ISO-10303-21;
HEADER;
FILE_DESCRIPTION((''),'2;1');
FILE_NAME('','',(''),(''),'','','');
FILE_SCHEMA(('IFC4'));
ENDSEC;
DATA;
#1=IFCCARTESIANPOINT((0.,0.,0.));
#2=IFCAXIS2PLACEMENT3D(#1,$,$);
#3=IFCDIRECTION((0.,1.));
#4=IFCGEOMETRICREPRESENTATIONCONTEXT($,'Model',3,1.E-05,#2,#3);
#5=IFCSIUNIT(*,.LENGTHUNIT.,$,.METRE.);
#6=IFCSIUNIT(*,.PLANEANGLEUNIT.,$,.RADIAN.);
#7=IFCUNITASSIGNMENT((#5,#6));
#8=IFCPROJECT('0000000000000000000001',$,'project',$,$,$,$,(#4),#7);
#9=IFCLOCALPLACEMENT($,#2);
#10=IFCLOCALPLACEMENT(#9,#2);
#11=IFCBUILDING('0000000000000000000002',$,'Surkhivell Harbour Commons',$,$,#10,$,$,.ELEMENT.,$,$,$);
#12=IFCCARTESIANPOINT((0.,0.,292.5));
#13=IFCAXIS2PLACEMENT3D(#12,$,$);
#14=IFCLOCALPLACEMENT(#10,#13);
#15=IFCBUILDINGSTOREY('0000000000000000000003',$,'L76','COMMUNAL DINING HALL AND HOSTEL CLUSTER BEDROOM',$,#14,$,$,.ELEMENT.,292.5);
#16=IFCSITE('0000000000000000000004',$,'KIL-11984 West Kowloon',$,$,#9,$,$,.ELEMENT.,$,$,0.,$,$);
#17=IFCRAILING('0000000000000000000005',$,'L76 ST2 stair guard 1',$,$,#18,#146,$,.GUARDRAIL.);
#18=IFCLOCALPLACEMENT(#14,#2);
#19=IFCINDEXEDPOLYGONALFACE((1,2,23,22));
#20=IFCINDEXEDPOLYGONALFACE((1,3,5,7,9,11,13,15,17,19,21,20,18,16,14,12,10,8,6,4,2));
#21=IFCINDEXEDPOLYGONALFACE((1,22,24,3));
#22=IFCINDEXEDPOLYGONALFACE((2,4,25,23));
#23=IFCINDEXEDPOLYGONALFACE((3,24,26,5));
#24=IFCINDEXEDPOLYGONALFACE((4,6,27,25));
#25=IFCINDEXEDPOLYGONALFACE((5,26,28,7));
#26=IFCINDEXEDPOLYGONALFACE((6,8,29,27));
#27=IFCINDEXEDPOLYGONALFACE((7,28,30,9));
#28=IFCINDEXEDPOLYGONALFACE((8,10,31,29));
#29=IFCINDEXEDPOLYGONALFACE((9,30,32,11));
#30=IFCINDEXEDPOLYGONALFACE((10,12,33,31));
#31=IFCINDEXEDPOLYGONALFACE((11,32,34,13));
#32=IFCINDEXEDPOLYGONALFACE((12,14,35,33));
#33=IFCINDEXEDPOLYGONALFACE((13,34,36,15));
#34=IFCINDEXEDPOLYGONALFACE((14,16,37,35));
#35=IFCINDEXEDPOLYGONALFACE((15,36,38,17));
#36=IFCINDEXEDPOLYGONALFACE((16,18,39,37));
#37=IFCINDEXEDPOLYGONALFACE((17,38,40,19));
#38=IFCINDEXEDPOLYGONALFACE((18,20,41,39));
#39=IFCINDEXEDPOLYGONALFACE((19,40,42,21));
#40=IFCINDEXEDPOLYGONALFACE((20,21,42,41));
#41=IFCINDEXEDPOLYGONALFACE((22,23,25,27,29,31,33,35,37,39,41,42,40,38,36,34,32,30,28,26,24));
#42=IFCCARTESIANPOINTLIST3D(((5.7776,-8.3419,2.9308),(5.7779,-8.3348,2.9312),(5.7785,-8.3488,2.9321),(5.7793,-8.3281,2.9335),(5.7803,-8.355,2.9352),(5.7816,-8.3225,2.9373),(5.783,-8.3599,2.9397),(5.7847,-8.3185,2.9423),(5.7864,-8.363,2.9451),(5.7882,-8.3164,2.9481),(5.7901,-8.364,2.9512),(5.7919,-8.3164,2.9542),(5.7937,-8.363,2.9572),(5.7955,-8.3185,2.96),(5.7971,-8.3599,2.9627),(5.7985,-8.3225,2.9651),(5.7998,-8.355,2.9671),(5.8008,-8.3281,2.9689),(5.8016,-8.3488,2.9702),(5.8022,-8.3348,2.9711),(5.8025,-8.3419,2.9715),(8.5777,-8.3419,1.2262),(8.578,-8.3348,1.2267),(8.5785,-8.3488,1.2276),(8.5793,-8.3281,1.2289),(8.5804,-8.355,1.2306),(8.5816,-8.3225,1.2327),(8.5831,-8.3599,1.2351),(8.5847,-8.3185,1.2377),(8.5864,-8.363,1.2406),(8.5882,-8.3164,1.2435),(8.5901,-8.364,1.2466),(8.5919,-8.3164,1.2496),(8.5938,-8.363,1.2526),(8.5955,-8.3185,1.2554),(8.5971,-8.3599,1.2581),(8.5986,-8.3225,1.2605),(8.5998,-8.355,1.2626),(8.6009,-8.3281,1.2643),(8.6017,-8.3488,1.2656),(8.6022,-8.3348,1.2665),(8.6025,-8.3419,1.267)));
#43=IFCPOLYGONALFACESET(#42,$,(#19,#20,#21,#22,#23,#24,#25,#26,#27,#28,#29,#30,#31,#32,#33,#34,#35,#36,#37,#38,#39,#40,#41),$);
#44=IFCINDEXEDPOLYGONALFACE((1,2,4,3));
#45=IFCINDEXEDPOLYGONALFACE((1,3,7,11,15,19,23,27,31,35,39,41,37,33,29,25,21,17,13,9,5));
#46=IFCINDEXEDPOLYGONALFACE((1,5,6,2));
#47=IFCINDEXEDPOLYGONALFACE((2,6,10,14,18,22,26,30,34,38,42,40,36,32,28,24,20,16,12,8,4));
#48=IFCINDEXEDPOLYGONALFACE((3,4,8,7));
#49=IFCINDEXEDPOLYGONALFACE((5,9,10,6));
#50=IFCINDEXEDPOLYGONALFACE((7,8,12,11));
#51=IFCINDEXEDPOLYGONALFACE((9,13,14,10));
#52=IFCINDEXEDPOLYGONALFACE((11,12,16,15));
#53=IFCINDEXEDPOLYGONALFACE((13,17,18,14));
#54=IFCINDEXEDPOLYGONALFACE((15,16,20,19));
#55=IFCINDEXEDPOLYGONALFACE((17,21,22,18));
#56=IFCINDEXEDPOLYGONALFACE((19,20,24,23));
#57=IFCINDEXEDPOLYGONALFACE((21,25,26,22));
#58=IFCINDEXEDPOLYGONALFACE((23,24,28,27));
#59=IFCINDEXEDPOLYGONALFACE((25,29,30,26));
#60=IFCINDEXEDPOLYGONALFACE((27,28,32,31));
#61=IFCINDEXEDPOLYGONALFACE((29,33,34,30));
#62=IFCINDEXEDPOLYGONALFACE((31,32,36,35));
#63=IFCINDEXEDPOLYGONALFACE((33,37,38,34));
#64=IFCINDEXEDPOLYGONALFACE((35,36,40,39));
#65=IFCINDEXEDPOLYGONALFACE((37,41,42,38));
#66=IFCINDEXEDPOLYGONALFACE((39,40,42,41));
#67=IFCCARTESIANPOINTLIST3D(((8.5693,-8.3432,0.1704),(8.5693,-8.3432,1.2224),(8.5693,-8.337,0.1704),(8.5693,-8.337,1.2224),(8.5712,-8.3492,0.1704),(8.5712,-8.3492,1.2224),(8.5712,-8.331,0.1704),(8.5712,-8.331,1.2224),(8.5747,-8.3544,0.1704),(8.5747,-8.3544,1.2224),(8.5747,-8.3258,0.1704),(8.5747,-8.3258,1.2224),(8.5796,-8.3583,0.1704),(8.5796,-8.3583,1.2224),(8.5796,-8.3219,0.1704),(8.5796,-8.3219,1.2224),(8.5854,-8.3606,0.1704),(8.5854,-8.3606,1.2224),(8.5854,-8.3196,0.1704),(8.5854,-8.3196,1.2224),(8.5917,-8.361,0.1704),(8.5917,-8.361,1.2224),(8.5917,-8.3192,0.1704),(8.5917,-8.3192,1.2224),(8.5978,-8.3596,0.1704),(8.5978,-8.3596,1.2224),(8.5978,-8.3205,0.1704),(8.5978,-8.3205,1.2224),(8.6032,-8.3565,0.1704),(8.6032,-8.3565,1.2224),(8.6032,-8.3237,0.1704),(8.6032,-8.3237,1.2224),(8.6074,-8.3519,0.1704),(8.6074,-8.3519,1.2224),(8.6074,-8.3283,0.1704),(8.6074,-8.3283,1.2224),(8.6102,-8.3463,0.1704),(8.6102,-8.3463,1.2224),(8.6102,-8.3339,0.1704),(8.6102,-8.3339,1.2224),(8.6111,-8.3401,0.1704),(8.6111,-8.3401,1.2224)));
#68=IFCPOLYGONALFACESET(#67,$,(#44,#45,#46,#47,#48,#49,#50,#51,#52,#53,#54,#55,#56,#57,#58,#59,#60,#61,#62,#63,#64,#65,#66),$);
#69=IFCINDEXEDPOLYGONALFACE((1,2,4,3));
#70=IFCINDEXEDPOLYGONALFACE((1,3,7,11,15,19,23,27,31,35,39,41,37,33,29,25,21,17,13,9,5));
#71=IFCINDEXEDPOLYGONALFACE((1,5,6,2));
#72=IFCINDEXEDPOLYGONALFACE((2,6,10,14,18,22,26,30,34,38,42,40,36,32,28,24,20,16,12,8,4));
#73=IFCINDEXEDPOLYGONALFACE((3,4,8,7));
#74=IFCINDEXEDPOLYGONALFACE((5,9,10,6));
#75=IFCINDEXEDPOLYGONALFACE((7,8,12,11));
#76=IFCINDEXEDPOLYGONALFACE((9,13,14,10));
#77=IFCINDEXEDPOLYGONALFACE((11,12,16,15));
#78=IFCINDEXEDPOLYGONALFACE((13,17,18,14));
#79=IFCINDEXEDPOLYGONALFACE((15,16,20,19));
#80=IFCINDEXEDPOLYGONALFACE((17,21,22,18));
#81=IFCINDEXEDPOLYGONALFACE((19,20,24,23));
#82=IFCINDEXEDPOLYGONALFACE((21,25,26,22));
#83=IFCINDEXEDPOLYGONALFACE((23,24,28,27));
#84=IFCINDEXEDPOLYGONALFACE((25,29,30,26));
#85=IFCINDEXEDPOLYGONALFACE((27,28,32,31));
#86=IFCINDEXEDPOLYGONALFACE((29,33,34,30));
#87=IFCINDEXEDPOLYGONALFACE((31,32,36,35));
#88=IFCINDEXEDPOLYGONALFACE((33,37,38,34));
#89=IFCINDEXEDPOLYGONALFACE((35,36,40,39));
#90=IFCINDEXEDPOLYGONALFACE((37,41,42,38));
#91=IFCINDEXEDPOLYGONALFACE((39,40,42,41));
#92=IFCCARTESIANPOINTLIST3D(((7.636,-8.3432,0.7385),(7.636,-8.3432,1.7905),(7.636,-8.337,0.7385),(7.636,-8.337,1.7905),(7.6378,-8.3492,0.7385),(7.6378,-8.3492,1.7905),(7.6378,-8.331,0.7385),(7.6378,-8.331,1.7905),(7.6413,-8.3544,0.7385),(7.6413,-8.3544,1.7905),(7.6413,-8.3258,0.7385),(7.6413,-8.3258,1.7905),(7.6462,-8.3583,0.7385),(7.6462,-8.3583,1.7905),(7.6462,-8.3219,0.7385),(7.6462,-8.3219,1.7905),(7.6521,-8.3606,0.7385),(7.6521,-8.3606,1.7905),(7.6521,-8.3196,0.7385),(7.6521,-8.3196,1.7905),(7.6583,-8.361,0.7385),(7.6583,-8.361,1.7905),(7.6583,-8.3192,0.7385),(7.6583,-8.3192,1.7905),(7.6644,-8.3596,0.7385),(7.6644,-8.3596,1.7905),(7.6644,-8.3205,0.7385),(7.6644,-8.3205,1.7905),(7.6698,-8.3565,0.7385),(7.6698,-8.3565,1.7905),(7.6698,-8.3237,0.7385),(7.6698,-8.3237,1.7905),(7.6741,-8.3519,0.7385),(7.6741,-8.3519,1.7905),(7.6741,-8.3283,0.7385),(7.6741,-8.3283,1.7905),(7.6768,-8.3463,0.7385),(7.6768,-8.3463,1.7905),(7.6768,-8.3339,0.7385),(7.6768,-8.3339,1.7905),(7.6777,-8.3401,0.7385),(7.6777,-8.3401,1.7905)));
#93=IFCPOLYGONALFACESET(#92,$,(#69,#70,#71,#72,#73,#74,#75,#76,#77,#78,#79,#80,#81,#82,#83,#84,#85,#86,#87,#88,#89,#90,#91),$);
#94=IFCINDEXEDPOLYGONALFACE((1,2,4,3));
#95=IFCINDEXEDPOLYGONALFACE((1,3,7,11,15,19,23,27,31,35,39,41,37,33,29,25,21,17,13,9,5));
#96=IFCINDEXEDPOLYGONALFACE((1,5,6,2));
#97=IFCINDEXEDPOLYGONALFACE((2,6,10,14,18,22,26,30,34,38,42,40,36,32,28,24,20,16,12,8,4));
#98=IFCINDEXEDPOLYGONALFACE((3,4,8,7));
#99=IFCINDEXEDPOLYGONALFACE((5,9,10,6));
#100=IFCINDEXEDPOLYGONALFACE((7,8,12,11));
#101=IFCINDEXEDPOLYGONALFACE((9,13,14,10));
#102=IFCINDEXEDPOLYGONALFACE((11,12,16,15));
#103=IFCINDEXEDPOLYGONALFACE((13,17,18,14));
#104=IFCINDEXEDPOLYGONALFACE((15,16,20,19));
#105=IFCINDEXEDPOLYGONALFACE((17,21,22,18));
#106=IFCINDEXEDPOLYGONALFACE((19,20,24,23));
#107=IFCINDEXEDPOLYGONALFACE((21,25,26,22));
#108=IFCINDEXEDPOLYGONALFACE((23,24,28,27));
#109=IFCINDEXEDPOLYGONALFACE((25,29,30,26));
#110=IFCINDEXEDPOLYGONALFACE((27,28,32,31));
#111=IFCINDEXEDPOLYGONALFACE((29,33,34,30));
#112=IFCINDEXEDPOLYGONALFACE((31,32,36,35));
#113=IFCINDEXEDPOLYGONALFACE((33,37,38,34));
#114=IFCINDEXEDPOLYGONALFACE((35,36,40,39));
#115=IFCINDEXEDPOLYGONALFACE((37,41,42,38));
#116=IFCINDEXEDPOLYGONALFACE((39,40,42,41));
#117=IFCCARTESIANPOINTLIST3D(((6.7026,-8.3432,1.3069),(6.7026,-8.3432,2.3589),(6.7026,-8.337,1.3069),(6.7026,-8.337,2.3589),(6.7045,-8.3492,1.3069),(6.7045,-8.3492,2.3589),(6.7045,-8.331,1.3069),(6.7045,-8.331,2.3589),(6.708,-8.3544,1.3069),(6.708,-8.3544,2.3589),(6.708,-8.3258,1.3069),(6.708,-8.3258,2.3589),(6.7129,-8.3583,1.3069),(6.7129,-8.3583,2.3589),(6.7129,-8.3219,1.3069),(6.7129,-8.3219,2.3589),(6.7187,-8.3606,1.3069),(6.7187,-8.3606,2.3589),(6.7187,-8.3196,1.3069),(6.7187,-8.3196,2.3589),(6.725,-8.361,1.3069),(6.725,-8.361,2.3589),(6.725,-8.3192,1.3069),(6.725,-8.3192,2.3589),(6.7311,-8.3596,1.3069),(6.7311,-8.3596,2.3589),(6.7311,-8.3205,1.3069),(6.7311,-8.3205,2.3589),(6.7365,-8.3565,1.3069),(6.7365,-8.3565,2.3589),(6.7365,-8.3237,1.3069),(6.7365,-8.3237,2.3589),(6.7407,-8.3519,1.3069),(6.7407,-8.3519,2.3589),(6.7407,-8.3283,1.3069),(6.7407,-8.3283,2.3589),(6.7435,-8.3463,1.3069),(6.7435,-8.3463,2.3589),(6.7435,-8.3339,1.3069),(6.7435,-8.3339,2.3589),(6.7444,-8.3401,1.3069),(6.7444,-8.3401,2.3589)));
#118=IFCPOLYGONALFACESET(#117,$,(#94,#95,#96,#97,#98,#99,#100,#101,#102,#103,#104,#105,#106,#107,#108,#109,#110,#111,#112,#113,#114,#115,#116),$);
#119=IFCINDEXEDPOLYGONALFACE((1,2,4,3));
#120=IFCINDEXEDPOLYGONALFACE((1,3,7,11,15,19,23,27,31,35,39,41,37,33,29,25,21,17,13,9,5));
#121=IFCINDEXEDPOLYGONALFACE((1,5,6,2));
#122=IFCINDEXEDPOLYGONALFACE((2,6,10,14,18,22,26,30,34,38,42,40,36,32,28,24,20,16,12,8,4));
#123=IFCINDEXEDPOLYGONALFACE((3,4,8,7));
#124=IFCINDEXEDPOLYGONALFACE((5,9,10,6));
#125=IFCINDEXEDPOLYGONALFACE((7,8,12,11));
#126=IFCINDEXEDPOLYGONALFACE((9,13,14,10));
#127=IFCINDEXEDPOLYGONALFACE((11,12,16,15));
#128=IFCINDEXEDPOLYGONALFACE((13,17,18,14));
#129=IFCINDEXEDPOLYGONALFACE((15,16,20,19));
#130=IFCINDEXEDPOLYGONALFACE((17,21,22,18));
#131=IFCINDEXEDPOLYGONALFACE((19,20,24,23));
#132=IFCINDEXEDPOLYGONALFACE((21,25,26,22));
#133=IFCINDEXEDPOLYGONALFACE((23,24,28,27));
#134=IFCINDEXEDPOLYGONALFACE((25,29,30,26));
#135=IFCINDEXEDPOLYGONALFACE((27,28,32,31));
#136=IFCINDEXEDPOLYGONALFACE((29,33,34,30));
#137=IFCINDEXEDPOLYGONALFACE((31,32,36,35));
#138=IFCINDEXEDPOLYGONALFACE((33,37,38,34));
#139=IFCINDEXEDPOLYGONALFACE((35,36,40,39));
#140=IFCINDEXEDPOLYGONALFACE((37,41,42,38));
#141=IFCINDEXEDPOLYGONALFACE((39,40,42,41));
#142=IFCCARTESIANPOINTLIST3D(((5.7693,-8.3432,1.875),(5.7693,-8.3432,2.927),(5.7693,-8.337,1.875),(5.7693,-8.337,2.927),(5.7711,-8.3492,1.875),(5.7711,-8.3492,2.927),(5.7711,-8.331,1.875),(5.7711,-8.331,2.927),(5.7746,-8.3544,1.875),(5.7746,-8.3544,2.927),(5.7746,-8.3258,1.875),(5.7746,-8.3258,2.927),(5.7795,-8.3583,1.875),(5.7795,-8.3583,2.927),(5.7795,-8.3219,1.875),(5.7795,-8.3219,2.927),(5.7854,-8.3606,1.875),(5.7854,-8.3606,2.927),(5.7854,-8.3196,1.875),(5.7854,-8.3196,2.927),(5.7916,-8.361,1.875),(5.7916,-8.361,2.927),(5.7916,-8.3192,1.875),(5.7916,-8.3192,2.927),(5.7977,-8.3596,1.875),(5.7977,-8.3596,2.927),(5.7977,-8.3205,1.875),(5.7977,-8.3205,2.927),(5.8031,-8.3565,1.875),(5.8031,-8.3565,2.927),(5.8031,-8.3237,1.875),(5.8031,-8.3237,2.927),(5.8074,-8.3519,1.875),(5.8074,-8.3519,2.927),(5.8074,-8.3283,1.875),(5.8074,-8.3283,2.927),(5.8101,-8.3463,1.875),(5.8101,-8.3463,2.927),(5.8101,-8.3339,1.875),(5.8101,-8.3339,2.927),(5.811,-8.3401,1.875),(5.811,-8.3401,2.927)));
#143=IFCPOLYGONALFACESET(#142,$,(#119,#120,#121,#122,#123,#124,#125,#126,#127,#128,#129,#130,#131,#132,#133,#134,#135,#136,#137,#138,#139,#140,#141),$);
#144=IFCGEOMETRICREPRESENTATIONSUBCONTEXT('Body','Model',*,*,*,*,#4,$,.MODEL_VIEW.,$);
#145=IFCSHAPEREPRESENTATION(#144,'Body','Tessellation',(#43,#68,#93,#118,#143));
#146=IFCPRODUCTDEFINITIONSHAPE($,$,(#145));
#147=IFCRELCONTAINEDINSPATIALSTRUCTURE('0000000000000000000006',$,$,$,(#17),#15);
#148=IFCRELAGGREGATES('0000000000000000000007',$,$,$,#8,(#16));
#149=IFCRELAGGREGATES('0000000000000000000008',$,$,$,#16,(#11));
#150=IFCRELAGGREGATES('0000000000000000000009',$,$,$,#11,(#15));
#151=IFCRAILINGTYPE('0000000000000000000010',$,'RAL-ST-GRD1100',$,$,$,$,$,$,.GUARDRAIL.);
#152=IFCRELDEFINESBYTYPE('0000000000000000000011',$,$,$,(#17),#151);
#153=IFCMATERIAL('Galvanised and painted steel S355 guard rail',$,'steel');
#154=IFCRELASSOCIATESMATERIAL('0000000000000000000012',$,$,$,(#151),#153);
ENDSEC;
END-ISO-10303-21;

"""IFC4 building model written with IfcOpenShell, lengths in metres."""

from ifc_helpers import new_model, si_unit, direction, frame, origin, origin_2d, place, context, subcontext, project, spatial, circle, extrude, material, type_object, element, save


model = new_model("IFC4")

# Units and contexts
model_context = context("Model", 3, precision=1e-05, world=origin(), true_north=direction((0.0, 1.0)))
body_context = subcontext(model_context, "Body", "Model", "MODEL_VIEW")
ifc_project = project(units=[si_unit("LENGTHUNIT", "METRE"), si_unit("PLANEANGLEUNIT", "RADIAN")], contexts=[model_context])

# Site, building, storey
site_placement = place(None, origin())
site = spatial("IfcSite", under=ifc_project, at=site_placement, Name="KIL-11984 West Kowloon", CompositionType="ELEMENT", RefElevation=0.0)
building_placement = place(site_placement, origin())
building = spatial("IfcBuilding", under=site, at=building_placement, Name="Surkhivell Harbour Commons", CompositionType="ELEMENT")
storey_placement = place(building_placement, frame((0.0, 0.0, 292.5)))
storey = spatial("IfcBuildingStorey", under=building, at=storey_placement, Name="L76", Description="COMMUNAL DINING HALL AND HOSTEL CLUSTER BEDROOM", CompositionType="ELEMENT", Elevation=292.5)

# Railing
ifc_material_1 = material(Name="Galvanised and painted steel S355 guard rail", Category="steel")
railing_type_1 = type_object("IfcRailingType", Name="RAL-ST-GRD1100", PredefinedType="GUARDRAIL", material=ifc_material_1)
railing_1_placement = place(storey_placement, frame((8.5901, -8.3401, 0.1704)))
element("IfcRailing", 1, at=railing_1_placement, inside=storey, type_object=railing_type_1, Name="L76 ST2 stair guard 1", PredefinedType="GUARDRAIL", context=body_context, shape_type="SweptSolid", body=[
    extrude(circle(Radius=0.0239, at=origin_2d()), frame((0.0, 0.0, 1.0762), z_axis=(-0.85417, 0.0, 0.519994), x_axis=(0.0, -1.0, 0.0)), (0.0, 0.0, 1.0), 3.2781),
    extrude(circle(Radius=0.021, at=origin_2d()), origin(), (0.0, 0.0, 1.0), 1.052),
    extrude(circle(Radius=0.021, at=origin_2d()), frame((-0.9333, 0.0, 0.5681)), (0.0, 0.0, 1.0), 1.052),
    extrude(circle(Radius=0.021, at=origin_2d()), frame((-1.8667, 0.0, 1.1365)), (0.0, 0.0, 1.0), 1.052),
    extrude(circle(Radius=0.021, at=origin_2d()), frame((-2.8, 0.0, 1.7046)), (0.0, 0.0, 1.0), 1.052),
])

save(model, "model.ifc")
